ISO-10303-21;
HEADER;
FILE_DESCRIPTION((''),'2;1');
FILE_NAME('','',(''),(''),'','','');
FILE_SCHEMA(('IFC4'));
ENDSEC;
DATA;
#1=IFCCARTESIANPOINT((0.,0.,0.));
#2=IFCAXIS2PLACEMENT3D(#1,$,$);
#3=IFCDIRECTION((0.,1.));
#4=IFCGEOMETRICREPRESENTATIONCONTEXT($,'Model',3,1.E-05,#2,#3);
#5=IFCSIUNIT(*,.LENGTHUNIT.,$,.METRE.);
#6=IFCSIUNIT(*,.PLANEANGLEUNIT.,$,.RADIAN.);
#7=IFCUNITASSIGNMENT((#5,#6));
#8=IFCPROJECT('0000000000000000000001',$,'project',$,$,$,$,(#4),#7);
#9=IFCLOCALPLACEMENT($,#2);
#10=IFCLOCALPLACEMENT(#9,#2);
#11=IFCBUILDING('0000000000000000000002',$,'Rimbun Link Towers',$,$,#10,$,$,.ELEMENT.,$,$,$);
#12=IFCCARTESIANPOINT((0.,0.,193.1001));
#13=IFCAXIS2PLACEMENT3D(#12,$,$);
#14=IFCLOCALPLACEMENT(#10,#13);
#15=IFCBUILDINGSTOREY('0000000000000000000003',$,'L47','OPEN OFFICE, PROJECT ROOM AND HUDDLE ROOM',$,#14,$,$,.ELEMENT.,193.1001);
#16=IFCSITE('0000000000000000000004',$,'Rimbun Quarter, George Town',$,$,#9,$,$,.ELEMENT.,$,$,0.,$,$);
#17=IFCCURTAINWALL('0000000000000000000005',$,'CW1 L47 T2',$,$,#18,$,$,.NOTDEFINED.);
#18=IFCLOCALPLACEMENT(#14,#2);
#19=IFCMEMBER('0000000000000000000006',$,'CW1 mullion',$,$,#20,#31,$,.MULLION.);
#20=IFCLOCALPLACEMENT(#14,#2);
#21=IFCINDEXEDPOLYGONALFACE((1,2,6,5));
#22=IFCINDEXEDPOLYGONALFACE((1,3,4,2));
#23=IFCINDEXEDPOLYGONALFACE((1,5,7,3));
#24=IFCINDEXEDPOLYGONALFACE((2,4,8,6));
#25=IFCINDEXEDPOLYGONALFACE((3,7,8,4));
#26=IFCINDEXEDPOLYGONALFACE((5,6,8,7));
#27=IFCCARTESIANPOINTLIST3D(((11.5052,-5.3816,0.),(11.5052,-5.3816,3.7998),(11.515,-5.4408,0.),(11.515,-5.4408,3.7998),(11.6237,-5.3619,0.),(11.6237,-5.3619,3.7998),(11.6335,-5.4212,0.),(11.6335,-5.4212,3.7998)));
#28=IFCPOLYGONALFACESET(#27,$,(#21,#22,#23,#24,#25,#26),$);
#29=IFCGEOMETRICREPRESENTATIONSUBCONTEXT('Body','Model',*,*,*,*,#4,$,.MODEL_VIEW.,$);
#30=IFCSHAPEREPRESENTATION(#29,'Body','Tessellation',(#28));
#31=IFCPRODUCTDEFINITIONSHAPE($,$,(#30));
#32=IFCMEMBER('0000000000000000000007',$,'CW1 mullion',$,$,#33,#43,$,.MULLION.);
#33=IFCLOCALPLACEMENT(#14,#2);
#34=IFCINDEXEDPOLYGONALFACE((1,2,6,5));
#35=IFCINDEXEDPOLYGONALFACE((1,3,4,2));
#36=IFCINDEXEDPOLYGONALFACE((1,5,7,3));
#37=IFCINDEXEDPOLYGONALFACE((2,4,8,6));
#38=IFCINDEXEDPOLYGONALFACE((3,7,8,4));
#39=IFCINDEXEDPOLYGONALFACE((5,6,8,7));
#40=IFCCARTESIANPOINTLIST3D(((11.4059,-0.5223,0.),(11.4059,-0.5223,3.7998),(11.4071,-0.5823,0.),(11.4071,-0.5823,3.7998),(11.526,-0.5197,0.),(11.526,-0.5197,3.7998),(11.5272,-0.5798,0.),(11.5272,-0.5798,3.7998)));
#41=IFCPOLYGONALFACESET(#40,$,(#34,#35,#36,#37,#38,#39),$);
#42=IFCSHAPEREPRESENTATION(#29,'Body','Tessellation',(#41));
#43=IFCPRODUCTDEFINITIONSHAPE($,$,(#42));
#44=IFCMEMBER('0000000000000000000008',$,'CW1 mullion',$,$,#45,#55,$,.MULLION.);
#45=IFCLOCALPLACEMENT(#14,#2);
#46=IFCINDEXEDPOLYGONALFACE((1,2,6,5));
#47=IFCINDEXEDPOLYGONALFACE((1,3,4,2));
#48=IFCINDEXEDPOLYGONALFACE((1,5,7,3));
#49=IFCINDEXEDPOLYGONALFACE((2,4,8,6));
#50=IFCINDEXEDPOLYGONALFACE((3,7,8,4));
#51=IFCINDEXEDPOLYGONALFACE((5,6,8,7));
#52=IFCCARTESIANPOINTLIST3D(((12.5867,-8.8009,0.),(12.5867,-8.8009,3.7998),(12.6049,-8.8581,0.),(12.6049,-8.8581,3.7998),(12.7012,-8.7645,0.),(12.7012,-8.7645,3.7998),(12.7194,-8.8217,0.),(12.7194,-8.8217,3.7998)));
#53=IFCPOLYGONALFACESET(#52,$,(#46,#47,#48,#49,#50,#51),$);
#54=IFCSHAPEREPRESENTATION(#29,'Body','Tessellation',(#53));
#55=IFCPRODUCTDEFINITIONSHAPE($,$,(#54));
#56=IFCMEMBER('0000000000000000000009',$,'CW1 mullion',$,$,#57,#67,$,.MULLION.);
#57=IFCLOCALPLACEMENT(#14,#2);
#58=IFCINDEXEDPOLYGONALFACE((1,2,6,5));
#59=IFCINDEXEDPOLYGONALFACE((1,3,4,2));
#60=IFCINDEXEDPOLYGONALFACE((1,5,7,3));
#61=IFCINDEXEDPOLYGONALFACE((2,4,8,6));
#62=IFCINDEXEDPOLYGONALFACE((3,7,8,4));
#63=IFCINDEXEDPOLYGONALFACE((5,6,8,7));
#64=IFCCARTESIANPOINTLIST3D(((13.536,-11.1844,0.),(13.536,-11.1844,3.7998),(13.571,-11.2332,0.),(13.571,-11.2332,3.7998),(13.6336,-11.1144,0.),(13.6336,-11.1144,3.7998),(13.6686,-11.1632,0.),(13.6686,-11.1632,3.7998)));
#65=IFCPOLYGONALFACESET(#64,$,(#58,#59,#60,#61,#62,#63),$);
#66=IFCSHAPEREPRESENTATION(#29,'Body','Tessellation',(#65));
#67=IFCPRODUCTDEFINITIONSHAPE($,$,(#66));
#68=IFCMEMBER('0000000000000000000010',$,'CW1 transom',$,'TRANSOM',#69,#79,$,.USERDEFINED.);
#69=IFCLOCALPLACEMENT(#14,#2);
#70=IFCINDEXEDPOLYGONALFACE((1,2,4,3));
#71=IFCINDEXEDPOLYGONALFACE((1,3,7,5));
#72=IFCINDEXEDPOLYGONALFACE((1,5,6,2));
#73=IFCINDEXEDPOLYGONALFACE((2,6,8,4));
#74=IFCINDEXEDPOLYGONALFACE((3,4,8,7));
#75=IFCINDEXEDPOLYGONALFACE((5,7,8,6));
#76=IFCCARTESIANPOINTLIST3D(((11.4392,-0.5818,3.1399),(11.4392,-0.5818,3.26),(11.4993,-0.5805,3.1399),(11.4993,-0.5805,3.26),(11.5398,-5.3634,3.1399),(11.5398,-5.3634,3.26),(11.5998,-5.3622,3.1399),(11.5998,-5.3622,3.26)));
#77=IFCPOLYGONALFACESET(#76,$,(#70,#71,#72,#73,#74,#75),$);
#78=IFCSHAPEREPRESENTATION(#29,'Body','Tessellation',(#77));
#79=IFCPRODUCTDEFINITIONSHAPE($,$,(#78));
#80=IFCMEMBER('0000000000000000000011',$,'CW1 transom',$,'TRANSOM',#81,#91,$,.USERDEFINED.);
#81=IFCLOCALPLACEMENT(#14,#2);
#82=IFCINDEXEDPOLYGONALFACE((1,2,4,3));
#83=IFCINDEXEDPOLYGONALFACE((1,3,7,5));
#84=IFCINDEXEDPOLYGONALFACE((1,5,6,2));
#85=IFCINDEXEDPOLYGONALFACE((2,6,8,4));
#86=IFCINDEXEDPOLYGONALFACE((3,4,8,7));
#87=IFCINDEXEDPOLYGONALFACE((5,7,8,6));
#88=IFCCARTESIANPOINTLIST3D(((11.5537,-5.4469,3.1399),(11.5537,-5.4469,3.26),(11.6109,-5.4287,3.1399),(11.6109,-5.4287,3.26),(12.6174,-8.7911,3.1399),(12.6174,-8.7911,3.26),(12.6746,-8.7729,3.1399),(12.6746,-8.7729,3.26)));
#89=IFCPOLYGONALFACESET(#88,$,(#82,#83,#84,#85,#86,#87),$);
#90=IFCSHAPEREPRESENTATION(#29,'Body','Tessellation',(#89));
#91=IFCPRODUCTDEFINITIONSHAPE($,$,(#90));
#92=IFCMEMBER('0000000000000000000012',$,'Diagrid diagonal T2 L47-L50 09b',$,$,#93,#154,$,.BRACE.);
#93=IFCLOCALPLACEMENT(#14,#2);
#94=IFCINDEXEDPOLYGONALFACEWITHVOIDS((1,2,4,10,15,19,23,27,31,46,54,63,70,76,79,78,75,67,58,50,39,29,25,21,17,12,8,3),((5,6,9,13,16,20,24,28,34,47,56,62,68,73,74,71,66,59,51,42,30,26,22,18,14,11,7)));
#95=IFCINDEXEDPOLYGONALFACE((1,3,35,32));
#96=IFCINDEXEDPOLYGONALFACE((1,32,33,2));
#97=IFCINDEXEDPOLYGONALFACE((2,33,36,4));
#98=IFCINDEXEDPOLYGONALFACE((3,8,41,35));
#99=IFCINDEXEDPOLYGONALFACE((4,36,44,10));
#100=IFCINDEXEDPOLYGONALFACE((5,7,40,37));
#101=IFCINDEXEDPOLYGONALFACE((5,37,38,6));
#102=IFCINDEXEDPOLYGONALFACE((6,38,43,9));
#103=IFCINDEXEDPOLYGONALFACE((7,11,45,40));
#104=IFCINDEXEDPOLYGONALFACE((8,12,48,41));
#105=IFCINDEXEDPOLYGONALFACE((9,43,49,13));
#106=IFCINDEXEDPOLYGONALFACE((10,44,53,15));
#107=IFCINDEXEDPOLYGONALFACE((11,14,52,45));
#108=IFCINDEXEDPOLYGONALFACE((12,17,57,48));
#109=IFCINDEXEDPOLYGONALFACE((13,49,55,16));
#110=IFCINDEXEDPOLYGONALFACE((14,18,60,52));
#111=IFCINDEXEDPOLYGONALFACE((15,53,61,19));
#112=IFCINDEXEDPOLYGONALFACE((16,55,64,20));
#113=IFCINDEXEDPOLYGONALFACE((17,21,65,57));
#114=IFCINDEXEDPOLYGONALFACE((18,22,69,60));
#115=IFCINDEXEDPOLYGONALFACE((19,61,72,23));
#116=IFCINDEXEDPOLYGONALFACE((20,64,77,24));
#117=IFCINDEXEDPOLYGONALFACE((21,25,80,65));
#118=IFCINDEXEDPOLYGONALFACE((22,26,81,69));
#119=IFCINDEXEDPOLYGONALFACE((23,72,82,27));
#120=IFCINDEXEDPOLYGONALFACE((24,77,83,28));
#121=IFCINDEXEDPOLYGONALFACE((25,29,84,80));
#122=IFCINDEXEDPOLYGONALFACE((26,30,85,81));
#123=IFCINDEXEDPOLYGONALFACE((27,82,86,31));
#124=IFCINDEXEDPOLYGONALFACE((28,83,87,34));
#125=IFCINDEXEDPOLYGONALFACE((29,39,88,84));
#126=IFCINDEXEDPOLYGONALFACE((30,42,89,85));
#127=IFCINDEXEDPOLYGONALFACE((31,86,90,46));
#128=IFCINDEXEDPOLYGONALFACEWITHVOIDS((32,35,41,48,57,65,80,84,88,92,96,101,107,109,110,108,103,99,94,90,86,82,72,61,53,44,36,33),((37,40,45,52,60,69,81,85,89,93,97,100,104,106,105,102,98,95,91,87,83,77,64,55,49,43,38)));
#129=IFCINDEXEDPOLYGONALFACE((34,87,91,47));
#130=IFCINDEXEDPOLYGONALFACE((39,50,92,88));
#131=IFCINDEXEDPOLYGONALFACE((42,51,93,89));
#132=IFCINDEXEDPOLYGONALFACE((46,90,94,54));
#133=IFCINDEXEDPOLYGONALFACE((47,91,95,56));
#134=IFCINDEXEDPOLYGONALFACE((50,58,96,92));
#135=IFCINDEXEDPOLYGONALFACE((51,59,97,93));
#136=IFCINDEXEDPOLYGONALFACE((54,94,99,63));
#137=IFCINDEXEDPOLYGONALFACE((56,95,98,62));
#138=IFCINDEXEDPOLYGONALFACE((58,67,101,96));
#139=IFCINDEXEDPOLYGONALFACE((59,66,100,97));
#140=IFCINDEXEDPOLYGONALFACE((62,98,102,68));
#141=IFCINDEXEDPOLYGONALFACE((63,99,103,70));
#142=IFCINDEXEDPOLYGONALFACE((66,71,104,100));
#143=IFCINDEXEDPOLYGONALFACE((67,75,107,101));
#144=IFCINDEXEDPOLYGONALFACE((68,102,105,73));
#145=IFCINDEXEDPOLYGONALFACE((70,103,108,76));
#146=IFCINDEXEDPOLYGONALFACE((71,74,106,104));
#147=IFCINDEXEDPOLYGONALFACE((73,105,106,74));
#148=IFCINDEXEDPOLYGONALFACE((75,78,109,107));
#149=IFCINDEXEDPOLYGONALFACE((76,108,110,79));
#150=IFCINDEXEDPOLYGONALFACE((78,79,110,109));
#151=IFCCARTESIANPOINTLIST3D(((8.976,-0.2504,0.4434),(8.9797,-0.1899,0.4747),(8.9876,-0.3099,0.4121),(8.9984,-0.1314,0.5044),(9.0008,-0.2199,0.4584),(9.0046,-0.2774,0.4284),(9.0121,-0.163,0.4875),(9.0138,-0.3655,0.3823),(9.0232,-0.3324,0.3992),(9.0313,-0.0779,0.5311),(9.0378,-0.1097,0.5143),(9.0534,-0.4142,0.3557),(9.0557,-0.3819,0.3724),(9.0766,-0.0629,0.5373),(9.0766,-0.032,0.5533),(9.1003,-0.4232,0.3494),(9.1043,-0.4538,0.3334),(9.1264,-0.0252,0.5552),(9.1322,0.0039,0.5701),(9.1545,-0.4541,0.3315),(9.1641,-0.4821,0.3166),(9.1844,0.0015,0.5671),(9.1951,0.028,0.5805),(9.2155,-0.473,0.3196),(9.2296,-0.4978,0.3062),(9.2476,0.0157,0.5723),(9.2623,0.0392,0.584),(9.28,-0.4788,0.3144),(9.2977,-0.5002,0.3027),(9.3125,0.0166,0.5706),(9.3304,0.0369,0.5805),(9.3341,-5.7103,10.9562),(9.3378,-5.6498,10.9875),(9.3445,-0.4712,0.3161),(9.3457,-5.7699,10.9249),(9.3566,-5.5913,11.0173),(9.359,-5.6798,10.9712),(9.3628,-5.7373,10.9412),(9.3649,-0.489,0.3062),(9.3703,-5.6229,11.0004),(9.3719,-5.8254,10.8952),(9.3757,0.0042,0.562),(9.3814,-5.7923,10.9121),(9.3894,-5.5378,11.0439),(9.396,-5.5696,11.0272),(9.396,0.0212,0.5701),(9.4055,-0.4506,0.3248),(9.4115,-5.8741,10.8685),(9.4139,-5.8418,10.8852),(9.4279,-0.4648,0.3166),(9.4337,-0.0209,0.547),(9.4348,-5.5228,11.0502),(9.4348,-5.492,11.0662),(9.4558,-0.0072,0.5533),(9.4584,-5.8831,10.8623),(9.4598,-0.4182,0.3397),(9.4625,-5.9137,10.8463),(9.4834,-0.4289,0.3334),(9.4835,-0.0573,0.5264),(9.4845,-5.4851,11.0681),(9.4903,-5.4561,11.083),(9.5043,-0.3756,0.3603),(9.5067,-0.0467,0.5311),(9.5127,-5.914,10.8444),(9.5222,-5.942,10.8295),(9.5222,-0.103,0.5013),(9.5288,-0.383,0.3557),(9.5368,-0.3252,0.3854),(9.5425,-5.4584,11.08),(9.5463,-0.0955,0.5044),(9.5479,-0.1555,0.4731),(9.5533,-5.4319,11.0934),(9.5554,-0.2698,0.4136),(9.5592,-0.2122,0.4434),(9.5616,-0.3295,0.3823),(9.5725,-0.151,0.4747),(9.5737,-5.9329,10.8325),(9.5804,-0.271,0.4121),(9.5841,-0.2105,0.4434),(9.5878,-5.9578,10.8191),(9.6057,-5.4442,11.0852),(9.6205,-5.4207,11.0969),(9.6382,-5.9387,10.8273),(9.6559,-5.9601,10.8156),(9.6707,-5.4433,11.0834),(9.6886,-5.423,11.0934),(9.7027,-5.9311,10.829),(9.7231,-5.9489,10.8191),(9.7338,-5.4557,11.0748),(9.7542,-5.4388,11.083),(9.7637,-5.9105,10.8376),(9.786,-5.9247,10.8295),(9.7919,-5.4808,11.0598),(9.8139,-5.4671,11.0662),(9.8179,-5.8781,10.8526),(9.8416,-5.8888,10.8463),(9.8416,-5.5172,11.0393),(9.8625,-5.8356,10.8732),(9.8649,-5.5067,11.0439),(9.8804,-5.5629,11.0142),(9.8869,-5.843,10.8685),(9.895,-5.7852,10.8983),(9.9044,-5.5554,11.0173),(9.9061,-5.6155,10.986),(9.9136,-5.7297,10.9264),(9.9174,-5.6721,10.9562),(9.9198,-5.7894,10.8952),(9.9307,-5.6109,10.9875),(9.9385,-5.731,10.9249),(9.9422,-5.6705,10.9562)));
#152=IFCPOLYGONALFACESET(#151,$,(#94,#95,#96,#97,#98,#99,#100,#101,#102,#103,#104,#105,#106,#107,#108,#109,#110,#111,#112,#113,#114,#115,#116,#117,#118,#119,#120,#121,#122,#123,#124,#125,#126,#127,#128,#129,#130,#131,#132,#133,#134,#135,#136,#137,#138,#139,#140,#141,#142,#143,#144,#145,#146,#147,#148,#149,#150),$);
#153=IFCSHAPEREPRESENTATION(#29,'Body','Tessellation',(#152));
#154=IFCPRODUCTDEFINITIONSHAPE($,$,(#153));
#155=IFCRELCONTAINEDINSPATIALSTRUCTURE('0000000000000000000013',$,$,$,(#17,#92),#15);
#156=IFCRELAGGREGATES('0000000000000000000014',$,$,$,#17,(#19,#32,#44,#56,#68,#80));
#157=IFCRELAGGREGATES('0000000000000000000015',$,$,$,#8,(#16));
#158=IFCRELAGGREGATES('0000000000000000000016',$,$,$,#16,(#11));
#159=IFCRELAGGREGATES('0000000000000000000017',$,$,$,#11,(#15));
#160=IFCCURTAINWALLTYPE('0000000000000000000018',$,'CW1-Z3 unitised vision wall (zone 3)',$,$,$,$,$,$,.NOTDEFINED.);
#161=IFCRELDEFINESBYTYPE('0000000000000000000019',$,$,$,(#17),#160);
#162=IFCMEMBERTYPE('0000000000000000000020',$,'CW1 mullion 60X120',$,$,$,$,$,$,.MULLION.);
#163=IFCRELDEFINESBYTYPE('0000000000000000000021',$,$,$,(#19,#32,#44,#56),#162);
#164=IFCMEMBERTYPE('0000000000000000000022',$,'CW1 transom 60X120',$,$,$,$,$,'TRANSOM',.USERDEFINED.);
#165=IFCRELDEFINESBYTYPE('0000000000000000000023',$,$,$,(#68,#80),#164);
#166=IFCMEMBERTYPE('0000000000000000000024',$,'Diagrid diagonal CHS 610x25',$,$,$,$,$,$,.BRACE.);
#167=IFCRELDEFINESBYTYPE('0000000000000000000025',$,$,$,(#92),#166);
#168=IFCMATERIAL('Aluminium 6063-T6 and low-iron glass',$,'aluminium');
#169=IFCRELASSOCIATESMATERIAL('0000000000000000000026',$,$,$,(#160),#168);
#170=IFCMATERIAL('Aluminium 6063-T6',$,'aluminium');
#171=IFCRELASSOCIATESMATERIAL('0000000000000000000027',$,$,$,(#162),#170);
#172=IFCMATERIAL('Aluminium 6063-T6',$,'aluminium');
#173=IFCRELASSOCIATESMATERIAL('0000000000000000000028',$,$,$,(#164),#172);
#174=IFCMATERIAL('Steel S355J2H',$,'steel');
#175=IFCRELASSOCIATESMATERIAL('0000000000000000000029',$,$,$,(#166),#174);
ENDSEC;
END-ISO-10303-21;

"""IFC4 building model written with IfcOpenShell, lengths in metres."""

from ifc_helpers import new_model, si_unit, direction, frame, origin, origin_2d, place, context, subcontext, project, spatial, rectangle, hollow_circle, extrude, material, material_profile, profile_set, type_object, element, aggregate, save


model = new_model("IFC4")

# Units and contexts
model_context = context("Model", 3, precision=1e-05, world=origin(), true_north=direction((0.0, 1.0)))
body_context = subcontext(model_context, "Body", "Model", "MODEL_VIEW")
ifc_project = project(units=[si_unit("LENGTHUNIT", "METRE"), si_unit("PLANEANGLEUNIT", "RADIAN")], contexts=[model_context])

# Site, building, storey
site_placement = place(None, origin())
site = spatial("IfcSite", under=ifc_project, at=site_placement, Name="Rimbun Quarter, George Town", CompositionType="ELEMENT", RefElevation=0.0)
building_placement = place(site_placement, origin())
building = spatial("IfcBuilding", under=site, at=building_placement, Name="Rimbun Link Towers", CompositionType="ELEMENT")
storey_placement = place(building_placement, frame((0.0, 0.0, 193.1001)))
storey = spatial("IfcBuildingStorey", under=building, at=storey_placement, Name="L47", Description="OPEN OFFICE, PROJECT ROOM AND HUDDLE ROOM", CompositionType="ELEMENT", Elevation=193.1001)

# Curtain wall, members
ifc_material_1 = material(Name="Aluminium 6063-T6 and low-iron glass", Category="aluminium")
curtain_wall_type = type_object("IfcCurtainWallType", Name="CW1-Z3 unitised vision wall (zone 3)", PredefinedType="NOTDEFINED", material=ifc_material_1)
curtain_wall_placement = place(storey_placement, origin())
curtain_wall = element("IfcCurtainWall", 1, at=curtain_wall_placement, inside=storey, type_object=curtain_wall_type, Name="CW1 L47 T2", PredefinedType="NOTDEFINED")
ifc_material_2 = material(Name="Aluminium 6063-T6", Category="aluminium")
ifc_material_profile_1 = material_profile(ifc_material_2, rectangle(XDim=0.1201, YDim=0.0601, at=origin_2d()), Name="MULLION 60X120")
ifc_profile_set_1 = profile_set([ifc_material_profile_1], Name="Aluminium 6063-T6")
member_type_1 = type_object("IfcMemberType", Name="CW1 mullion 60X120", PredefinedType="MULLION", material=ifc_profile_set_1)
member_1_placement = place(storey_placement, frame((11.5693, -5.4014, 0.0), z_axis=(0.0, 0.0, 1.0), x_axis=(-0.986502, -0.16375, 0.0)))
member_1 = element("IfcMember", 2, at=member_1_placement, type_object=member_type_1, Name="CW1 mullion", PredefinedType="MULLION", context=body_context, shape_type="SweptSolid", body=[
    extrude(rectangle(XDim=0.1201, YDim=0.0601, at=origin_2d()), origin(), (0.0, 0.0, 1.0), 3.7998),
])
member_2_placement = place(storey_placement, frame((11.4666, -0.551, 0.0), z_axis=(0.0, 0.0, 1.0), x_axis=(-0.999778, -0.021066, 0.0)))
member_2 = element("IfcMember", 3, at=member_2_placement, type_object=member_type_1, Name="CW1 mullion", PredefinedType="MULLION", context=body_context, shape_type="SweptSolid", body=[
    extrude(rectangle(XDim=0.1201, YDim=0.0601, at=origin_2d()), origin(), (0.0, 0.0, 1.0), 3.7998),
])
member_3_placement = place(storey_placement, frame((12.6531, -8.8113, 0.0), z_axis=(0.0, 0.0, 1.0), x_axis=(-0.952968, -0.303071, 0.0)))
member_3 = element("IfcMember", 4, at=member_3_placement, type_object=member_type_1, Name="CW1 mullion", PredefinedType="MULLION", context=body_context, shape_type="SweptSolid", body=[
    extrude(rectangle(XDim=0.1201, YDim=0.0601, at=origin_2d()), origin(), (0.0, 0.0, 1.0), 3.7998),
])
member_4_placement = place(storey_placement, frame((13.6023, -11.1738, 0.0), z_axis=(0.0, 0.0, 1.0), x_axis=(-0.812465, -0.583009, 0.0)))
member_4 = element("IfcMember", 5, at=member_4_placement, type_object=member_type_1, Name="CW1 mullion", PredefinedType="MULLION", context=body_context, shape_type="SweptSolid", body=[
    extrude(rectangle(XDim=0.1201, YDim=0.0601, at=origin_2d()), origin(), (0.0, 0.0, 1.0), 3.7998),
])
ifc_material_3 = material(Name="Aluminium 6063-T6", Category="aluminium")
ifc_material_profile_2 = material_profile(ifc_material_3, rectangle(XDim=0.0601, YDim=0.1201, at=origin_2d()), Name="TRANSOM 60X120")
ifc_profile_set_2 = profile_set([ifc_material_profile_2], Name="Aluminium 6063-T6")
member_type_2 = type_object("IfcMemberType", Name="CW1 transom 60X120", ElementType="TRANSOM", PredefinedType="USERDEFINED", material=ifc_profile_set_2)
member_5_placement = place(storey_placement, frame((11.5698, -5.3628, 3.2), z_axis=(-0.021031, 0.999779, 0.0), x_axis=(-0.999779, -0.021031, 0.0)))
member_5 = element("IfcMember", 6, at=member_5_placement, type_object=member_type_2, Name="CW1 transom", ObjectType="TRANSOM", PredefinedType="USERDEFINED", context=body_context, shape_type="SweptSolid", body=[
    extrude(rectangle(XDim=0.0601, YDim=0.1201, at=origin_2d()), origin(), (0.0, 0.0, 1.0), 4.7827),
])
member_6_placement = place(storey_placement, frame((12.646, -8.782, 3.2), z_axis=(-0.303112, 0.952955, 0.0), x_axis=(-0.952955, -0.303112, 0.0)))
member_6 = element("IfcMember", 7, at=member_6_placement, type_object=member_type_2, Name="CW1 transom", ObjectType="TRANSOM", PredefinedType="USERDEFINED", context=body_context, shape_type="SweptSolid", body=[
    extrude(rectangle(XDim=0.0601, YDim=0.1201, at=origin_2d()), origin(), (0.0, 0.0, 1.0), 3.5093),
])

# Member
ifc_material_4 = material(Name="Steel S355J2H", Category="steel")
ifc_material_profile_3 = material_profile(ifc_material_4, hollow_circle(Radius=0.3047, WallThickness=0.0249, at=origin_2d()), Name="Diagrid diagonal CHS 610x25")
ifc_profile_set_3 = profile_set([ifc_material_profile_3], Name="Steel S355J2H")
member_type_3 = type_object("IfcMemberType", Name="Diagrid diagonal CHS 610x25", PredefinedType="BRACE", material=ifc_profile_set_3)
member_7_placement = place(storey_placement, frame((9.28, -0.2305, 0.4434), z_axis=(0.03022, -0.460692, 0.887045), x_axis=(0.997855, 0.065456, 0.0)))
element("IfcMember", 8, at=member_7_placement, inside=storey, type_object=member_type_3, Name="Diagrid diagonal T2 L47-L50 09b", PredefinedType="BRACE", context=body_context, shape_type="SweptSolid", body=[
    extrude(hollow_circle(Radius=0.3047, WallThickness=0.0249, at=origin_2d()), origin(), (0.0, 0.0, 1.0), 11.8516),
])

aggregate(curtain_wall, [member_1, member_2, member_3, member_4, member_5, member_6])

save(model, "model.ifc")
